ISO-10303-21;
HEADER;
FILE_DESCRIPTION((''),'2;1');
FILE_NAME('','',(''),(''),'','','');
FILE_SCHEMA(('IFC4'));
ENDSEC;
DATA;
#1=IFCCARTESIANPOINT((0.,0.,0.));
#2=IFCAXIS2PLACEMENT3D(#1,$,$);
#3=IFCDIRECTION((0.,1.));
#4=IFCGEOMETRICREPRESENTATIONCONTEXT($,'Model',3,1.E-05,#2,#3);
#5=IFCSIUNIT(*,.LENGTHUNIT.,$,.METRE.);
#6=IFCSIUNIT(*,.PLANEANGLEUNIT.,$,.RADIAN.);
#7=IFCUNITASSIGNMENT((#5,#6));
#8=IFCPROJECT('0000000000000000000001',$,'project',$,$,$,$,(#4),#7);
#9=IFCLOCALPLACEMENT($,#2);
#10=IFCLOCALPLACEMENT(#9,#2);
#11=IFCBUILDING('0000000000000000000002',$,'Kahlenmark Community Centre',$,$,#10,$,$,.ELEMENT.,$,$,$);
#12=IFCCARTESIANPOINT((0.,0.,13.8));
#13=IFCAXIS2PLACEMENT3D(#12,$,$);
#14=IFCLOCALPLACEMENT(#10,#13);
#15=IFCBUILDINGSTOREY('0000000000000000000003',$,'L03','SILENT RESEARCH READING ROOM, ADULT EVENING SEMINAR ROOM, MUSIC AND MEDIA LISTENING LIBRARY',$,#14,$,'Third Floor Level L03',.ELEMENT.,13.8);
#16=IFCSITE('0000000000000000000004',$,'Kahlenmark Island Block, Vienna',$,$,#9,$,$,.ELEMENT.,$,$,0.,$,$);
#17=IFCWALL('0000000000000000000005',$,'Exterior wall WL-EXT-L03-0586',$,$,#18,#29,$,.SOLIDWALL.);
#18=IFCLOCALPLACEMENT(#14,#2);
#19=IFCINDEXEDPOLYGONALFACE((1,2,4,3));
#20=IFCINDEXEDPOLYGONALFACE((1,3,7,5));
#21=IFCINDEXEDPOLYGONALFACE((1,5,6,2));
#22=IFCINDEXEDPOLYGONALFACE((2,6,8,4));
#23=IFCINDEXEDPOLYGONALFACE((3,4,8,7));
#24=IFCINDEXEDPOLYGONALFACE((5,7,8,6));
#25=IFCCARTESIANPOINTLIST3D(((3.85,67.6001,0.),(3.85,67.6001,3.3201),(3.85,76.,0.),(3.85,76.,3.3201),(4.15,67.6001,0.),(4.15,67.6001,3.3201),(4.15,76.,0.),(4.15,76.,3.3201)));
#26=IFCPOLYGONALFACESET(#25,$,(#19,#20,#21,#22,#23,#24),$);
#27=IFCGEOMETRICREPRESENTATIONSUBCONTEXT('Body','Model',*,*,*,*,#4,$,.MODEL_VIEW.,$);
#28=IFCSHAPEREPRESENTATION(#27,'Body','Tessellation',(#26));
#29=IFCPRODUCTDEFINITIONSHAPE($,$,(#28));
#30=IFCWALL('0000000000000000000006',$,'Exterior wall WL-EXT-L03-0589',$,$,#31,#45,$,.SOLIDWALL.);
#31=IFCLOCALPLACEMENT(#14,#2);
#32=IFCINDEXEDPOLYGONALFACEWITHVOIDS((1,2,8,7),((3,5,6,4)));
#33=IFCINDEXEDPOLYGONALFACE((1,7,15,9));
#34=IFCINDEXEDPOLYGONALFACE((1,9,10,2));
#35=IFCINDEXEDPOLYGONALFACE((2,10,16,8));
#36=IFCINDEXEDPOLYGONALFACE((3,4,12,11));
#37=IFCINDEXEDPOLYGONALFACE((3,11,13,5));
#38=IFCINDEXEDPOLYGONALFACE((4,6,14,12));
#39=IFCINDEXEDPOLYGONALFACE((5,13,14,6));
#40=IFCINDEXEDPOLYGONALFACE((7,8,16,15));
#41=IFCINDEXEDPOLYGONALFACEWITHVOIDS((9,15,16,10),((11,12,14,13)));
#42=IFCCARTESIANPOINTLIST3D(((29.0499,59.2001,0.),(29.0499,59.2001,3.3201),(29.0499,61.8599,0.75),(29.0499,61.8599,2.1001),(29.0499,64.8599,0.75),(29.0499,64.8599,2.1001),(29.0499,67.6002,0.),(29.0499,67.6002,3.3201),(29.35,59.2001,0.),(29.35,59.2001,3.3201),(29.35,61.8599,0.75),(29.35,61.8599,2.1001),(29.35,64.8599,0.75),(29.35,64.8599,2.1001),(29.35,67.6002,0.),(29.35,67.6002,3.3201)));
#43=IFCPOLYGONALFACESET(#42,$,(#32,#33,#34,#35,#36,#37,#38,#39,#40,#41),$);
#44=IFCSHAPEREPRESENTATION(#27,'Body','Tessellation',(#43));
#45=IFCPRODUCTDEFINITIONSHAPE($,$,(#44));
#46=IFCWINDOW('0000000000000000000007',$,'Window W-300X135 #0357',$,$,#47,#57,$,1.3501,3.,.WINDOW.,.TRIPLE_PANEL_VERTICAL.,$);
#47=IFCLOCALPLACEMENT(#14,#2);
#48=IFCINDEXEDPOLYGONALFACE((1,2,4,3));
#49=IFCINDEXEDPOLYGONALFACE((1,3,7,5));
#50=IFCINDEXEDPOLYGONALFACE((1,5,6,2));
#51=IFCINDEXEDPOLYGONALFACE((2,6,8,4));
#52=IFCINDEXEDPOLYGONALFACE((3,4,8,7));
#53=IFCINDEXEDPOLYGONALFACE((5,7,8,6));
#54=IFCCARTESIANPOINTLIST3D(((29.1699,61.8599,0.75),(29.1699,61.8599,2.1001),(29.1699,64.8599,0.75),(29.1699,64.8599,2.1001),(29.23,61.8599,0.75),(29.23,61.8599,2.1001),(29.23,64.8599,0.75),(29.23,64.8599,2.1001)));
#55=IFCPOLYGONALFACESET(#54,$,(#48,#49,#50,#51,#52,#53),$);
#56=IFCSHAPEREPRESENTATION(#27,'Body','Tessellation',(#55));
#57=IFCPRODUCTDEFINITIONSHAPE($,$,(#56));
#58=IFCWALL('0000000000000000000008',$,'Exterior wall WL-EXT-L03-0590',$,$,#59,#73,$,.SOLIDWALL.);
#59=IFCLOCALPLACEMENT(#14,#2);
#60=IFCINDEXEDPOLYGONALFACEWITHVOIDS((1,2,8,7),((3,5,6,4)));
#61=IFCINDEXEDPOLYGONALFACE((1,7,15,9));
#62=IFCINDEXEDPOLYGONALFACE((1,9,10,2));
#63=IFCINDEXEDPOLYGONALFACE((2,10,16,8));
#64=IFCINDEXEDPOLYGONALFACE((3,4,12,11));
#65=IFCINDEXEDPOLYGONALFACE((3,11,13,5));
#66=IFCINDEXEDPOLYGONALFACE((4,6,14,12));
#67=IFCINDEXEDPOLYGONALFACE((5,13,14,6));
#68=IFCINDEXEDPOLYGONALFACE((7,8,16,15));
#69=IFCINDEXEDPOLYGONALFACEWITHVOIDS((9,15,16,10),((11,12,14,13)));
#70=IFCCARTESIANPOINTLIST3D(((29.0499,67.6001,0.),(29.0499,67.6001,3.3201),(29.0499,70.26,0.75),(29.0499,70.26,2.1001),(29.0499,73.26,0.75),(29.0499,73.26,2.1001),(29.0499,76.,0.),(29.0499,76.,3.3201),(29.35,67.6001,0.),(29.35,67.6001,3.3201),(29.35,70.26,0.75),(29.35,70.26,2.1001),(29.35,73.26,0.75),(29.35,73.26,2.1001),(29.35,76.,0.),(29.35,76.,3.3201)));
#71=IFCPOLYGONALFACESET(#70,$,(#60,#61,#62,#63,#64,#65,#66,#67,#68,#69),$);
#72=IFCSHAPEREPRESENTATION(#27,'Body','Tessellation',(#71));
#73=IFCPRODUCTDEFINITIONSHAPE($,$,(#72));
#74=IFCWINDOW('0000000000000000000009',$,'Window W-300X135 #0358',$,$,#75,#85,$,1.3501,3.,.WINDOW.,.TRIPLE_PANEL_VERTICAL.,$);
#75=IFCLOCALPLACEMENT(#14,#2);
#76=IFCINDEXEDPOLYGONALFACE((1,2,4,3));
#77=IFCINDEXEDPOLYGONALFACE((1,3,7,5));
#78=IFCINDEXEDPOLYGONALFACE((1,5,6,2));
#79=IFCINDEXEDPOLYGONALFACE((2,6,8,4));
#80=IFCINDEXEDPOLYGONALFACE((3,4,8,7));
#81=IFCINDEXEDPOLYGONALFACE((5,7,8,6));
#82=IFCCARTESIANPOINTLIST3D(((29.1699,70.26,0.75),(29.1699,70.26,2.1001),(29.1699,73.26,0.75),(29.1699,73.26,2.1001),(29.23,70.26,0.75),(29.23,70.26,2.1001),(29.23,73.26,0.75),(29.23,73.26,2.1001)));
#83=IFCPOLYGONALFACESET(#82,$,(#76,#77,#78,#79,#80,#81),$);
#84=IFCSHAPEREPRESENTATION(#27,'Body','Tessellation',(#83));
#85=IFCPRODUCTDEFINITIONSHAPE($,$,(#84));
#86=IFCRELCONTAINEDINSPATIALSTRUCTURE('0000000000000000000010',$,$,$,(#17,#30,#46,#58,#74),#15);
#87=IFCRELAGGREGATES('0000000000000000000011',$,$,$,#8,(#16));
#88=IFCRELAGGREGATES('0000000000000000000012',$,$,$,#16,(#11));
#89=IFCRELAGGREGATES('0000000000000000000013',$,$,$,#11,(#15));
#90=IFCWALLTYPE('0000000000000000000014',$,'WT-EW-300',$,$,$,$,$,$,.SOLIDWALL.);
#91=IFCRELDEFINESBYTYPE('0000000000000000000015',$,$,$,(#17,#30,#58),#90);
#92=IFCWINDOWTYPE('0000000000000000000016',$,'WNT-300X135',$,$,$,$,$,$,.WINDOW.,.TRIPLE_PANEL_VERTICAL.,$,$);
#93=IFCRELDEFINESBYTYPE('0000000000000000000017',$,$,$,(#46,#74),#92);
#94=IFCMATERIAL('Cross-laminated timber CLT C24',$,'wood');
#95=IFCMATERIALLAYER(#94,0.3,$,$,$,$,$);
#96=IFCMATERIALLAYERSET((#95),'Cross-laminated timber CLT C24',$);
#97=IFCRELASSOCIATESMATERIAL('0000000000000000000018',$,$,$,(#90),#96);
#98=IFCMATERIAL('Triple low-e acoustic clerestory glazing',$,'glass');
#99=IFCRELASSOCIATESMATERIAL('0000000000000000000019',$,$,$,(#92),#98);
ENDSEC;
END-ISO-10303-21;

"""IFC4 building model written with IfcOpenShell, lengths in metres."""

from ifc_helpers import new_model, si_unit, direction, frame, frame_2d, origin, place, context, subcontext, project, spatial, rectangle, extrude, material, layer, layer_set, type_object, element, fill, save


model = new_model("IFC4")

# Units and contexts
model_context = context("Model", 3, precision=1e-05, world=origin(), true_north=direction((0.0, 1.0)))
body_context = subcontext(model_context, "Body", "Model", "MODEL_VIEW")
ifc_project = project(units=[si_unit("LENGTHUNIT", "METRE"), si_unit("PLANEANGLEUNIT", "RADIAN")], contexts=[model_context])

# Site, building, storey
site_placement = place(None, origin())
site = spatial("IfcSite", under=ifc_project, at=site_placement, Name="Kahlenmark Island Block, Vienna", CompositionType="ELEMENT", RefElevation=0.0)
building_placement = place(site_placement, origin())
building = spatial("IfcBuilding", under=site, at=building_placement, Name="Kahlenmark Community Centre", CompositionType="ELEMENT")
storey_placement = place(building_placement, frame((0.0, 0.0, 13.8)))
storey = spatial("IfcBuildingStorey", under=building, at=storey_placement, Name="L03", Description="SILENT RESEARCH READING ROOM, ADULT EVENING SEMINAR ROOM, MUSIC AND MEDIA LISTENING LIBRARY", LongName="Third Floor Level L03", CompositionType="ELEMENT", Elevation=13.8)

# Shared definitions
ifc_material_1 = material(Name="Cross-laminated timber CLT C24", Category="wood")
ifc_layer_1 = layer(ifc_material_1, 0.3)
ifc_layer_set_1 = layer_set([ifc_layer_1], Name="Cross-laminated timber CLT C24")
wall_type = type_object("IfcWallType", Name="WT-EW-300", PredefinedType="SOLIDWALL", material=ifc_layer_set_1)
ifc_material_2 = material(Name="Triple low-e acoustic clerestory glazing", Category="glass")
window_type = type_object("IfcWindowType", Name="WNT-300X135", PartitioningType="TRIPLE_PANEL_VERTICAL", PredefinedType="WINDOW", material=ifc_material_2)

# Wall
wall_1_placement = place(storey_placement, frame((4.0, 76.0, 0.0), z_axis=(0.0, 0.0, 1.0), x_axis=(0.0, -1.0, 0.0)))
element("IfcWall", 1, at=wall_1_placement, inside=storey, type_object=wall_type, Name="Exterior wall WL-EXT-L03-0586", PredefinedType="SOLIDWALL", context=body_context, shape_type="SweptSolid", body=[
    extrude(rectangle(XDim=8.3999, YDim=0.3, at=frame_2d((4.2, 0.0))), origin(), (0.0, 0.0, 1.0), 3.3201),
])

# Walls, openings, windows
wall_2_placement = place(storey_placement, frame((29.2, 59.2, 0.0), z_axis=(0.0, 0.0, 1.0), x_axis=(0.0, 1.0, 0.0)))
wall_2 = element("IfcWall", 2, at=wall_2_placement, inside=storey, type_object=wall_type, Name="Exterior wall WL-EXT-L03-0589", PredefinedType="SOLIDWALL", context=body_context, shape_type="SweptSolid", body=[
    extrude(rectangle(XDim=8.4001, YDim=0.3, at=frame_2d((4.2002, 0.0))), origin(), (0.0, 0.0, 1.0), 3.3201),
])
opening_1_placement = place(wall_2_placement, frame((2.6599, 0.0, 0.75)))
opening_1 = element("IfcOpeningElement", 3, at=opening_1_placement, cuts=wall_2, PredefinedType="OPENING", context=body_context, shape_type="SweptSolid", body=[
    extrude(rectangle(XDim=3.0, YDim=1.3501, at=frame_2d((1.5, 0.675))), frame((0.0, 0.1599, 0.0), z_axis=(0.0, -1.0, 0.0), x_axis=(1.0, 0.0, 0.0)), (0.0, 0.0, 1.0), 0.3201),
])
window_1_placement = place(opening_1_placement, origin())
window_1 = element("IfcWindow", 4, at=window_1_placement, inside=storey, type_object=window_type, Name="Window W-300X135 #0357", OverallHeight=1.3501, OverallWidth=3.0, PartitioningType="TRIPLE_PANEL_VERTICAL", PredefinedType="WINDOW", context=body_context, shape_type="SweptSolid", body=[
    extrude(rectangle(XDim=3.0, YDim=1.3501, at=frame_2d((1.5, 0.675))), frame((0.0, 0.03, 0.0), z_axis=(0.0, -1.0, 0.0), x_axis=(1.0, 0.0, 0.0)), (0.0, 0.0, 1.0), 0.0601),
])
fill(opening_1, window_1)
wall_3_placement = place(storey_placement, frame((29.2, 67.6001, 0.0), z_axis=(0.0, 0.0, 1.0), x_axis=(0.0, 1.0, 0.0)))
wall_3 = element("IfcWall", 5, at=wall_3_placement, inside=storey, type_object=wall_type, Name="Exterior wall WL-EXT-L03-0590", PredefinedType="SOLIDWALL", context=body_context, shape_type="SweptSolid", body=[
    extrude(rectangle(XDim=8.3999, YDim=0.3, at=frame_2d((4.2, 0.0))), origin(), (0.0, 0.0, 1.0), 3.3201),
])
opening_2_placement = place(wall_3_placement, frame((2.6599, 0.0, 0.75)))
opening_2 = element("IfcOpeningElement", 6, at=opening_2_placement, cuts=wall_3, PredefinedType="OPENING", context=body_context, shape_type="SweptSolid", body=[
    extrude(rectangle(XDim=3.0, YDim=1.3501, at=frame_2d((1.5, 0.675))), frame((0.0, 0.1599, 0.0), z_axis=(0.0, -1.0, 0.0), x_axis=(1.0, 0.0, 0.0)), (0.0, 0.0, 1.0), 0.3201),
])
window_2_placement = place(opening_2_placement, origin())
window_2 = element("IfcWindow", 7, at=window_2_placement, inside=storey, type_object=window_type, Name="Window W-300X135 #0358", OverallHeight=1.3501, OverallWidth=3.0, PartitioningType="TRIPLE_PANEL_VERTICAL", PredefinedType="WINDOW", context=body_context, shape_type="SweptSolid", body=[
    extrude(rectangle(XDim=3.0, YDim=1.3501, at=frame_2d((1.5, 0.675))), frame((0.0, 0.03, 0.0), z_axis=(0.0, -1.0, 0.0), x_axis=(1.0, 0.0, 0.0)), (0.0, 0.0, 1.0), 0.0601),
])
fill(opening_2, window_2)

save(model, "model.ifc")
